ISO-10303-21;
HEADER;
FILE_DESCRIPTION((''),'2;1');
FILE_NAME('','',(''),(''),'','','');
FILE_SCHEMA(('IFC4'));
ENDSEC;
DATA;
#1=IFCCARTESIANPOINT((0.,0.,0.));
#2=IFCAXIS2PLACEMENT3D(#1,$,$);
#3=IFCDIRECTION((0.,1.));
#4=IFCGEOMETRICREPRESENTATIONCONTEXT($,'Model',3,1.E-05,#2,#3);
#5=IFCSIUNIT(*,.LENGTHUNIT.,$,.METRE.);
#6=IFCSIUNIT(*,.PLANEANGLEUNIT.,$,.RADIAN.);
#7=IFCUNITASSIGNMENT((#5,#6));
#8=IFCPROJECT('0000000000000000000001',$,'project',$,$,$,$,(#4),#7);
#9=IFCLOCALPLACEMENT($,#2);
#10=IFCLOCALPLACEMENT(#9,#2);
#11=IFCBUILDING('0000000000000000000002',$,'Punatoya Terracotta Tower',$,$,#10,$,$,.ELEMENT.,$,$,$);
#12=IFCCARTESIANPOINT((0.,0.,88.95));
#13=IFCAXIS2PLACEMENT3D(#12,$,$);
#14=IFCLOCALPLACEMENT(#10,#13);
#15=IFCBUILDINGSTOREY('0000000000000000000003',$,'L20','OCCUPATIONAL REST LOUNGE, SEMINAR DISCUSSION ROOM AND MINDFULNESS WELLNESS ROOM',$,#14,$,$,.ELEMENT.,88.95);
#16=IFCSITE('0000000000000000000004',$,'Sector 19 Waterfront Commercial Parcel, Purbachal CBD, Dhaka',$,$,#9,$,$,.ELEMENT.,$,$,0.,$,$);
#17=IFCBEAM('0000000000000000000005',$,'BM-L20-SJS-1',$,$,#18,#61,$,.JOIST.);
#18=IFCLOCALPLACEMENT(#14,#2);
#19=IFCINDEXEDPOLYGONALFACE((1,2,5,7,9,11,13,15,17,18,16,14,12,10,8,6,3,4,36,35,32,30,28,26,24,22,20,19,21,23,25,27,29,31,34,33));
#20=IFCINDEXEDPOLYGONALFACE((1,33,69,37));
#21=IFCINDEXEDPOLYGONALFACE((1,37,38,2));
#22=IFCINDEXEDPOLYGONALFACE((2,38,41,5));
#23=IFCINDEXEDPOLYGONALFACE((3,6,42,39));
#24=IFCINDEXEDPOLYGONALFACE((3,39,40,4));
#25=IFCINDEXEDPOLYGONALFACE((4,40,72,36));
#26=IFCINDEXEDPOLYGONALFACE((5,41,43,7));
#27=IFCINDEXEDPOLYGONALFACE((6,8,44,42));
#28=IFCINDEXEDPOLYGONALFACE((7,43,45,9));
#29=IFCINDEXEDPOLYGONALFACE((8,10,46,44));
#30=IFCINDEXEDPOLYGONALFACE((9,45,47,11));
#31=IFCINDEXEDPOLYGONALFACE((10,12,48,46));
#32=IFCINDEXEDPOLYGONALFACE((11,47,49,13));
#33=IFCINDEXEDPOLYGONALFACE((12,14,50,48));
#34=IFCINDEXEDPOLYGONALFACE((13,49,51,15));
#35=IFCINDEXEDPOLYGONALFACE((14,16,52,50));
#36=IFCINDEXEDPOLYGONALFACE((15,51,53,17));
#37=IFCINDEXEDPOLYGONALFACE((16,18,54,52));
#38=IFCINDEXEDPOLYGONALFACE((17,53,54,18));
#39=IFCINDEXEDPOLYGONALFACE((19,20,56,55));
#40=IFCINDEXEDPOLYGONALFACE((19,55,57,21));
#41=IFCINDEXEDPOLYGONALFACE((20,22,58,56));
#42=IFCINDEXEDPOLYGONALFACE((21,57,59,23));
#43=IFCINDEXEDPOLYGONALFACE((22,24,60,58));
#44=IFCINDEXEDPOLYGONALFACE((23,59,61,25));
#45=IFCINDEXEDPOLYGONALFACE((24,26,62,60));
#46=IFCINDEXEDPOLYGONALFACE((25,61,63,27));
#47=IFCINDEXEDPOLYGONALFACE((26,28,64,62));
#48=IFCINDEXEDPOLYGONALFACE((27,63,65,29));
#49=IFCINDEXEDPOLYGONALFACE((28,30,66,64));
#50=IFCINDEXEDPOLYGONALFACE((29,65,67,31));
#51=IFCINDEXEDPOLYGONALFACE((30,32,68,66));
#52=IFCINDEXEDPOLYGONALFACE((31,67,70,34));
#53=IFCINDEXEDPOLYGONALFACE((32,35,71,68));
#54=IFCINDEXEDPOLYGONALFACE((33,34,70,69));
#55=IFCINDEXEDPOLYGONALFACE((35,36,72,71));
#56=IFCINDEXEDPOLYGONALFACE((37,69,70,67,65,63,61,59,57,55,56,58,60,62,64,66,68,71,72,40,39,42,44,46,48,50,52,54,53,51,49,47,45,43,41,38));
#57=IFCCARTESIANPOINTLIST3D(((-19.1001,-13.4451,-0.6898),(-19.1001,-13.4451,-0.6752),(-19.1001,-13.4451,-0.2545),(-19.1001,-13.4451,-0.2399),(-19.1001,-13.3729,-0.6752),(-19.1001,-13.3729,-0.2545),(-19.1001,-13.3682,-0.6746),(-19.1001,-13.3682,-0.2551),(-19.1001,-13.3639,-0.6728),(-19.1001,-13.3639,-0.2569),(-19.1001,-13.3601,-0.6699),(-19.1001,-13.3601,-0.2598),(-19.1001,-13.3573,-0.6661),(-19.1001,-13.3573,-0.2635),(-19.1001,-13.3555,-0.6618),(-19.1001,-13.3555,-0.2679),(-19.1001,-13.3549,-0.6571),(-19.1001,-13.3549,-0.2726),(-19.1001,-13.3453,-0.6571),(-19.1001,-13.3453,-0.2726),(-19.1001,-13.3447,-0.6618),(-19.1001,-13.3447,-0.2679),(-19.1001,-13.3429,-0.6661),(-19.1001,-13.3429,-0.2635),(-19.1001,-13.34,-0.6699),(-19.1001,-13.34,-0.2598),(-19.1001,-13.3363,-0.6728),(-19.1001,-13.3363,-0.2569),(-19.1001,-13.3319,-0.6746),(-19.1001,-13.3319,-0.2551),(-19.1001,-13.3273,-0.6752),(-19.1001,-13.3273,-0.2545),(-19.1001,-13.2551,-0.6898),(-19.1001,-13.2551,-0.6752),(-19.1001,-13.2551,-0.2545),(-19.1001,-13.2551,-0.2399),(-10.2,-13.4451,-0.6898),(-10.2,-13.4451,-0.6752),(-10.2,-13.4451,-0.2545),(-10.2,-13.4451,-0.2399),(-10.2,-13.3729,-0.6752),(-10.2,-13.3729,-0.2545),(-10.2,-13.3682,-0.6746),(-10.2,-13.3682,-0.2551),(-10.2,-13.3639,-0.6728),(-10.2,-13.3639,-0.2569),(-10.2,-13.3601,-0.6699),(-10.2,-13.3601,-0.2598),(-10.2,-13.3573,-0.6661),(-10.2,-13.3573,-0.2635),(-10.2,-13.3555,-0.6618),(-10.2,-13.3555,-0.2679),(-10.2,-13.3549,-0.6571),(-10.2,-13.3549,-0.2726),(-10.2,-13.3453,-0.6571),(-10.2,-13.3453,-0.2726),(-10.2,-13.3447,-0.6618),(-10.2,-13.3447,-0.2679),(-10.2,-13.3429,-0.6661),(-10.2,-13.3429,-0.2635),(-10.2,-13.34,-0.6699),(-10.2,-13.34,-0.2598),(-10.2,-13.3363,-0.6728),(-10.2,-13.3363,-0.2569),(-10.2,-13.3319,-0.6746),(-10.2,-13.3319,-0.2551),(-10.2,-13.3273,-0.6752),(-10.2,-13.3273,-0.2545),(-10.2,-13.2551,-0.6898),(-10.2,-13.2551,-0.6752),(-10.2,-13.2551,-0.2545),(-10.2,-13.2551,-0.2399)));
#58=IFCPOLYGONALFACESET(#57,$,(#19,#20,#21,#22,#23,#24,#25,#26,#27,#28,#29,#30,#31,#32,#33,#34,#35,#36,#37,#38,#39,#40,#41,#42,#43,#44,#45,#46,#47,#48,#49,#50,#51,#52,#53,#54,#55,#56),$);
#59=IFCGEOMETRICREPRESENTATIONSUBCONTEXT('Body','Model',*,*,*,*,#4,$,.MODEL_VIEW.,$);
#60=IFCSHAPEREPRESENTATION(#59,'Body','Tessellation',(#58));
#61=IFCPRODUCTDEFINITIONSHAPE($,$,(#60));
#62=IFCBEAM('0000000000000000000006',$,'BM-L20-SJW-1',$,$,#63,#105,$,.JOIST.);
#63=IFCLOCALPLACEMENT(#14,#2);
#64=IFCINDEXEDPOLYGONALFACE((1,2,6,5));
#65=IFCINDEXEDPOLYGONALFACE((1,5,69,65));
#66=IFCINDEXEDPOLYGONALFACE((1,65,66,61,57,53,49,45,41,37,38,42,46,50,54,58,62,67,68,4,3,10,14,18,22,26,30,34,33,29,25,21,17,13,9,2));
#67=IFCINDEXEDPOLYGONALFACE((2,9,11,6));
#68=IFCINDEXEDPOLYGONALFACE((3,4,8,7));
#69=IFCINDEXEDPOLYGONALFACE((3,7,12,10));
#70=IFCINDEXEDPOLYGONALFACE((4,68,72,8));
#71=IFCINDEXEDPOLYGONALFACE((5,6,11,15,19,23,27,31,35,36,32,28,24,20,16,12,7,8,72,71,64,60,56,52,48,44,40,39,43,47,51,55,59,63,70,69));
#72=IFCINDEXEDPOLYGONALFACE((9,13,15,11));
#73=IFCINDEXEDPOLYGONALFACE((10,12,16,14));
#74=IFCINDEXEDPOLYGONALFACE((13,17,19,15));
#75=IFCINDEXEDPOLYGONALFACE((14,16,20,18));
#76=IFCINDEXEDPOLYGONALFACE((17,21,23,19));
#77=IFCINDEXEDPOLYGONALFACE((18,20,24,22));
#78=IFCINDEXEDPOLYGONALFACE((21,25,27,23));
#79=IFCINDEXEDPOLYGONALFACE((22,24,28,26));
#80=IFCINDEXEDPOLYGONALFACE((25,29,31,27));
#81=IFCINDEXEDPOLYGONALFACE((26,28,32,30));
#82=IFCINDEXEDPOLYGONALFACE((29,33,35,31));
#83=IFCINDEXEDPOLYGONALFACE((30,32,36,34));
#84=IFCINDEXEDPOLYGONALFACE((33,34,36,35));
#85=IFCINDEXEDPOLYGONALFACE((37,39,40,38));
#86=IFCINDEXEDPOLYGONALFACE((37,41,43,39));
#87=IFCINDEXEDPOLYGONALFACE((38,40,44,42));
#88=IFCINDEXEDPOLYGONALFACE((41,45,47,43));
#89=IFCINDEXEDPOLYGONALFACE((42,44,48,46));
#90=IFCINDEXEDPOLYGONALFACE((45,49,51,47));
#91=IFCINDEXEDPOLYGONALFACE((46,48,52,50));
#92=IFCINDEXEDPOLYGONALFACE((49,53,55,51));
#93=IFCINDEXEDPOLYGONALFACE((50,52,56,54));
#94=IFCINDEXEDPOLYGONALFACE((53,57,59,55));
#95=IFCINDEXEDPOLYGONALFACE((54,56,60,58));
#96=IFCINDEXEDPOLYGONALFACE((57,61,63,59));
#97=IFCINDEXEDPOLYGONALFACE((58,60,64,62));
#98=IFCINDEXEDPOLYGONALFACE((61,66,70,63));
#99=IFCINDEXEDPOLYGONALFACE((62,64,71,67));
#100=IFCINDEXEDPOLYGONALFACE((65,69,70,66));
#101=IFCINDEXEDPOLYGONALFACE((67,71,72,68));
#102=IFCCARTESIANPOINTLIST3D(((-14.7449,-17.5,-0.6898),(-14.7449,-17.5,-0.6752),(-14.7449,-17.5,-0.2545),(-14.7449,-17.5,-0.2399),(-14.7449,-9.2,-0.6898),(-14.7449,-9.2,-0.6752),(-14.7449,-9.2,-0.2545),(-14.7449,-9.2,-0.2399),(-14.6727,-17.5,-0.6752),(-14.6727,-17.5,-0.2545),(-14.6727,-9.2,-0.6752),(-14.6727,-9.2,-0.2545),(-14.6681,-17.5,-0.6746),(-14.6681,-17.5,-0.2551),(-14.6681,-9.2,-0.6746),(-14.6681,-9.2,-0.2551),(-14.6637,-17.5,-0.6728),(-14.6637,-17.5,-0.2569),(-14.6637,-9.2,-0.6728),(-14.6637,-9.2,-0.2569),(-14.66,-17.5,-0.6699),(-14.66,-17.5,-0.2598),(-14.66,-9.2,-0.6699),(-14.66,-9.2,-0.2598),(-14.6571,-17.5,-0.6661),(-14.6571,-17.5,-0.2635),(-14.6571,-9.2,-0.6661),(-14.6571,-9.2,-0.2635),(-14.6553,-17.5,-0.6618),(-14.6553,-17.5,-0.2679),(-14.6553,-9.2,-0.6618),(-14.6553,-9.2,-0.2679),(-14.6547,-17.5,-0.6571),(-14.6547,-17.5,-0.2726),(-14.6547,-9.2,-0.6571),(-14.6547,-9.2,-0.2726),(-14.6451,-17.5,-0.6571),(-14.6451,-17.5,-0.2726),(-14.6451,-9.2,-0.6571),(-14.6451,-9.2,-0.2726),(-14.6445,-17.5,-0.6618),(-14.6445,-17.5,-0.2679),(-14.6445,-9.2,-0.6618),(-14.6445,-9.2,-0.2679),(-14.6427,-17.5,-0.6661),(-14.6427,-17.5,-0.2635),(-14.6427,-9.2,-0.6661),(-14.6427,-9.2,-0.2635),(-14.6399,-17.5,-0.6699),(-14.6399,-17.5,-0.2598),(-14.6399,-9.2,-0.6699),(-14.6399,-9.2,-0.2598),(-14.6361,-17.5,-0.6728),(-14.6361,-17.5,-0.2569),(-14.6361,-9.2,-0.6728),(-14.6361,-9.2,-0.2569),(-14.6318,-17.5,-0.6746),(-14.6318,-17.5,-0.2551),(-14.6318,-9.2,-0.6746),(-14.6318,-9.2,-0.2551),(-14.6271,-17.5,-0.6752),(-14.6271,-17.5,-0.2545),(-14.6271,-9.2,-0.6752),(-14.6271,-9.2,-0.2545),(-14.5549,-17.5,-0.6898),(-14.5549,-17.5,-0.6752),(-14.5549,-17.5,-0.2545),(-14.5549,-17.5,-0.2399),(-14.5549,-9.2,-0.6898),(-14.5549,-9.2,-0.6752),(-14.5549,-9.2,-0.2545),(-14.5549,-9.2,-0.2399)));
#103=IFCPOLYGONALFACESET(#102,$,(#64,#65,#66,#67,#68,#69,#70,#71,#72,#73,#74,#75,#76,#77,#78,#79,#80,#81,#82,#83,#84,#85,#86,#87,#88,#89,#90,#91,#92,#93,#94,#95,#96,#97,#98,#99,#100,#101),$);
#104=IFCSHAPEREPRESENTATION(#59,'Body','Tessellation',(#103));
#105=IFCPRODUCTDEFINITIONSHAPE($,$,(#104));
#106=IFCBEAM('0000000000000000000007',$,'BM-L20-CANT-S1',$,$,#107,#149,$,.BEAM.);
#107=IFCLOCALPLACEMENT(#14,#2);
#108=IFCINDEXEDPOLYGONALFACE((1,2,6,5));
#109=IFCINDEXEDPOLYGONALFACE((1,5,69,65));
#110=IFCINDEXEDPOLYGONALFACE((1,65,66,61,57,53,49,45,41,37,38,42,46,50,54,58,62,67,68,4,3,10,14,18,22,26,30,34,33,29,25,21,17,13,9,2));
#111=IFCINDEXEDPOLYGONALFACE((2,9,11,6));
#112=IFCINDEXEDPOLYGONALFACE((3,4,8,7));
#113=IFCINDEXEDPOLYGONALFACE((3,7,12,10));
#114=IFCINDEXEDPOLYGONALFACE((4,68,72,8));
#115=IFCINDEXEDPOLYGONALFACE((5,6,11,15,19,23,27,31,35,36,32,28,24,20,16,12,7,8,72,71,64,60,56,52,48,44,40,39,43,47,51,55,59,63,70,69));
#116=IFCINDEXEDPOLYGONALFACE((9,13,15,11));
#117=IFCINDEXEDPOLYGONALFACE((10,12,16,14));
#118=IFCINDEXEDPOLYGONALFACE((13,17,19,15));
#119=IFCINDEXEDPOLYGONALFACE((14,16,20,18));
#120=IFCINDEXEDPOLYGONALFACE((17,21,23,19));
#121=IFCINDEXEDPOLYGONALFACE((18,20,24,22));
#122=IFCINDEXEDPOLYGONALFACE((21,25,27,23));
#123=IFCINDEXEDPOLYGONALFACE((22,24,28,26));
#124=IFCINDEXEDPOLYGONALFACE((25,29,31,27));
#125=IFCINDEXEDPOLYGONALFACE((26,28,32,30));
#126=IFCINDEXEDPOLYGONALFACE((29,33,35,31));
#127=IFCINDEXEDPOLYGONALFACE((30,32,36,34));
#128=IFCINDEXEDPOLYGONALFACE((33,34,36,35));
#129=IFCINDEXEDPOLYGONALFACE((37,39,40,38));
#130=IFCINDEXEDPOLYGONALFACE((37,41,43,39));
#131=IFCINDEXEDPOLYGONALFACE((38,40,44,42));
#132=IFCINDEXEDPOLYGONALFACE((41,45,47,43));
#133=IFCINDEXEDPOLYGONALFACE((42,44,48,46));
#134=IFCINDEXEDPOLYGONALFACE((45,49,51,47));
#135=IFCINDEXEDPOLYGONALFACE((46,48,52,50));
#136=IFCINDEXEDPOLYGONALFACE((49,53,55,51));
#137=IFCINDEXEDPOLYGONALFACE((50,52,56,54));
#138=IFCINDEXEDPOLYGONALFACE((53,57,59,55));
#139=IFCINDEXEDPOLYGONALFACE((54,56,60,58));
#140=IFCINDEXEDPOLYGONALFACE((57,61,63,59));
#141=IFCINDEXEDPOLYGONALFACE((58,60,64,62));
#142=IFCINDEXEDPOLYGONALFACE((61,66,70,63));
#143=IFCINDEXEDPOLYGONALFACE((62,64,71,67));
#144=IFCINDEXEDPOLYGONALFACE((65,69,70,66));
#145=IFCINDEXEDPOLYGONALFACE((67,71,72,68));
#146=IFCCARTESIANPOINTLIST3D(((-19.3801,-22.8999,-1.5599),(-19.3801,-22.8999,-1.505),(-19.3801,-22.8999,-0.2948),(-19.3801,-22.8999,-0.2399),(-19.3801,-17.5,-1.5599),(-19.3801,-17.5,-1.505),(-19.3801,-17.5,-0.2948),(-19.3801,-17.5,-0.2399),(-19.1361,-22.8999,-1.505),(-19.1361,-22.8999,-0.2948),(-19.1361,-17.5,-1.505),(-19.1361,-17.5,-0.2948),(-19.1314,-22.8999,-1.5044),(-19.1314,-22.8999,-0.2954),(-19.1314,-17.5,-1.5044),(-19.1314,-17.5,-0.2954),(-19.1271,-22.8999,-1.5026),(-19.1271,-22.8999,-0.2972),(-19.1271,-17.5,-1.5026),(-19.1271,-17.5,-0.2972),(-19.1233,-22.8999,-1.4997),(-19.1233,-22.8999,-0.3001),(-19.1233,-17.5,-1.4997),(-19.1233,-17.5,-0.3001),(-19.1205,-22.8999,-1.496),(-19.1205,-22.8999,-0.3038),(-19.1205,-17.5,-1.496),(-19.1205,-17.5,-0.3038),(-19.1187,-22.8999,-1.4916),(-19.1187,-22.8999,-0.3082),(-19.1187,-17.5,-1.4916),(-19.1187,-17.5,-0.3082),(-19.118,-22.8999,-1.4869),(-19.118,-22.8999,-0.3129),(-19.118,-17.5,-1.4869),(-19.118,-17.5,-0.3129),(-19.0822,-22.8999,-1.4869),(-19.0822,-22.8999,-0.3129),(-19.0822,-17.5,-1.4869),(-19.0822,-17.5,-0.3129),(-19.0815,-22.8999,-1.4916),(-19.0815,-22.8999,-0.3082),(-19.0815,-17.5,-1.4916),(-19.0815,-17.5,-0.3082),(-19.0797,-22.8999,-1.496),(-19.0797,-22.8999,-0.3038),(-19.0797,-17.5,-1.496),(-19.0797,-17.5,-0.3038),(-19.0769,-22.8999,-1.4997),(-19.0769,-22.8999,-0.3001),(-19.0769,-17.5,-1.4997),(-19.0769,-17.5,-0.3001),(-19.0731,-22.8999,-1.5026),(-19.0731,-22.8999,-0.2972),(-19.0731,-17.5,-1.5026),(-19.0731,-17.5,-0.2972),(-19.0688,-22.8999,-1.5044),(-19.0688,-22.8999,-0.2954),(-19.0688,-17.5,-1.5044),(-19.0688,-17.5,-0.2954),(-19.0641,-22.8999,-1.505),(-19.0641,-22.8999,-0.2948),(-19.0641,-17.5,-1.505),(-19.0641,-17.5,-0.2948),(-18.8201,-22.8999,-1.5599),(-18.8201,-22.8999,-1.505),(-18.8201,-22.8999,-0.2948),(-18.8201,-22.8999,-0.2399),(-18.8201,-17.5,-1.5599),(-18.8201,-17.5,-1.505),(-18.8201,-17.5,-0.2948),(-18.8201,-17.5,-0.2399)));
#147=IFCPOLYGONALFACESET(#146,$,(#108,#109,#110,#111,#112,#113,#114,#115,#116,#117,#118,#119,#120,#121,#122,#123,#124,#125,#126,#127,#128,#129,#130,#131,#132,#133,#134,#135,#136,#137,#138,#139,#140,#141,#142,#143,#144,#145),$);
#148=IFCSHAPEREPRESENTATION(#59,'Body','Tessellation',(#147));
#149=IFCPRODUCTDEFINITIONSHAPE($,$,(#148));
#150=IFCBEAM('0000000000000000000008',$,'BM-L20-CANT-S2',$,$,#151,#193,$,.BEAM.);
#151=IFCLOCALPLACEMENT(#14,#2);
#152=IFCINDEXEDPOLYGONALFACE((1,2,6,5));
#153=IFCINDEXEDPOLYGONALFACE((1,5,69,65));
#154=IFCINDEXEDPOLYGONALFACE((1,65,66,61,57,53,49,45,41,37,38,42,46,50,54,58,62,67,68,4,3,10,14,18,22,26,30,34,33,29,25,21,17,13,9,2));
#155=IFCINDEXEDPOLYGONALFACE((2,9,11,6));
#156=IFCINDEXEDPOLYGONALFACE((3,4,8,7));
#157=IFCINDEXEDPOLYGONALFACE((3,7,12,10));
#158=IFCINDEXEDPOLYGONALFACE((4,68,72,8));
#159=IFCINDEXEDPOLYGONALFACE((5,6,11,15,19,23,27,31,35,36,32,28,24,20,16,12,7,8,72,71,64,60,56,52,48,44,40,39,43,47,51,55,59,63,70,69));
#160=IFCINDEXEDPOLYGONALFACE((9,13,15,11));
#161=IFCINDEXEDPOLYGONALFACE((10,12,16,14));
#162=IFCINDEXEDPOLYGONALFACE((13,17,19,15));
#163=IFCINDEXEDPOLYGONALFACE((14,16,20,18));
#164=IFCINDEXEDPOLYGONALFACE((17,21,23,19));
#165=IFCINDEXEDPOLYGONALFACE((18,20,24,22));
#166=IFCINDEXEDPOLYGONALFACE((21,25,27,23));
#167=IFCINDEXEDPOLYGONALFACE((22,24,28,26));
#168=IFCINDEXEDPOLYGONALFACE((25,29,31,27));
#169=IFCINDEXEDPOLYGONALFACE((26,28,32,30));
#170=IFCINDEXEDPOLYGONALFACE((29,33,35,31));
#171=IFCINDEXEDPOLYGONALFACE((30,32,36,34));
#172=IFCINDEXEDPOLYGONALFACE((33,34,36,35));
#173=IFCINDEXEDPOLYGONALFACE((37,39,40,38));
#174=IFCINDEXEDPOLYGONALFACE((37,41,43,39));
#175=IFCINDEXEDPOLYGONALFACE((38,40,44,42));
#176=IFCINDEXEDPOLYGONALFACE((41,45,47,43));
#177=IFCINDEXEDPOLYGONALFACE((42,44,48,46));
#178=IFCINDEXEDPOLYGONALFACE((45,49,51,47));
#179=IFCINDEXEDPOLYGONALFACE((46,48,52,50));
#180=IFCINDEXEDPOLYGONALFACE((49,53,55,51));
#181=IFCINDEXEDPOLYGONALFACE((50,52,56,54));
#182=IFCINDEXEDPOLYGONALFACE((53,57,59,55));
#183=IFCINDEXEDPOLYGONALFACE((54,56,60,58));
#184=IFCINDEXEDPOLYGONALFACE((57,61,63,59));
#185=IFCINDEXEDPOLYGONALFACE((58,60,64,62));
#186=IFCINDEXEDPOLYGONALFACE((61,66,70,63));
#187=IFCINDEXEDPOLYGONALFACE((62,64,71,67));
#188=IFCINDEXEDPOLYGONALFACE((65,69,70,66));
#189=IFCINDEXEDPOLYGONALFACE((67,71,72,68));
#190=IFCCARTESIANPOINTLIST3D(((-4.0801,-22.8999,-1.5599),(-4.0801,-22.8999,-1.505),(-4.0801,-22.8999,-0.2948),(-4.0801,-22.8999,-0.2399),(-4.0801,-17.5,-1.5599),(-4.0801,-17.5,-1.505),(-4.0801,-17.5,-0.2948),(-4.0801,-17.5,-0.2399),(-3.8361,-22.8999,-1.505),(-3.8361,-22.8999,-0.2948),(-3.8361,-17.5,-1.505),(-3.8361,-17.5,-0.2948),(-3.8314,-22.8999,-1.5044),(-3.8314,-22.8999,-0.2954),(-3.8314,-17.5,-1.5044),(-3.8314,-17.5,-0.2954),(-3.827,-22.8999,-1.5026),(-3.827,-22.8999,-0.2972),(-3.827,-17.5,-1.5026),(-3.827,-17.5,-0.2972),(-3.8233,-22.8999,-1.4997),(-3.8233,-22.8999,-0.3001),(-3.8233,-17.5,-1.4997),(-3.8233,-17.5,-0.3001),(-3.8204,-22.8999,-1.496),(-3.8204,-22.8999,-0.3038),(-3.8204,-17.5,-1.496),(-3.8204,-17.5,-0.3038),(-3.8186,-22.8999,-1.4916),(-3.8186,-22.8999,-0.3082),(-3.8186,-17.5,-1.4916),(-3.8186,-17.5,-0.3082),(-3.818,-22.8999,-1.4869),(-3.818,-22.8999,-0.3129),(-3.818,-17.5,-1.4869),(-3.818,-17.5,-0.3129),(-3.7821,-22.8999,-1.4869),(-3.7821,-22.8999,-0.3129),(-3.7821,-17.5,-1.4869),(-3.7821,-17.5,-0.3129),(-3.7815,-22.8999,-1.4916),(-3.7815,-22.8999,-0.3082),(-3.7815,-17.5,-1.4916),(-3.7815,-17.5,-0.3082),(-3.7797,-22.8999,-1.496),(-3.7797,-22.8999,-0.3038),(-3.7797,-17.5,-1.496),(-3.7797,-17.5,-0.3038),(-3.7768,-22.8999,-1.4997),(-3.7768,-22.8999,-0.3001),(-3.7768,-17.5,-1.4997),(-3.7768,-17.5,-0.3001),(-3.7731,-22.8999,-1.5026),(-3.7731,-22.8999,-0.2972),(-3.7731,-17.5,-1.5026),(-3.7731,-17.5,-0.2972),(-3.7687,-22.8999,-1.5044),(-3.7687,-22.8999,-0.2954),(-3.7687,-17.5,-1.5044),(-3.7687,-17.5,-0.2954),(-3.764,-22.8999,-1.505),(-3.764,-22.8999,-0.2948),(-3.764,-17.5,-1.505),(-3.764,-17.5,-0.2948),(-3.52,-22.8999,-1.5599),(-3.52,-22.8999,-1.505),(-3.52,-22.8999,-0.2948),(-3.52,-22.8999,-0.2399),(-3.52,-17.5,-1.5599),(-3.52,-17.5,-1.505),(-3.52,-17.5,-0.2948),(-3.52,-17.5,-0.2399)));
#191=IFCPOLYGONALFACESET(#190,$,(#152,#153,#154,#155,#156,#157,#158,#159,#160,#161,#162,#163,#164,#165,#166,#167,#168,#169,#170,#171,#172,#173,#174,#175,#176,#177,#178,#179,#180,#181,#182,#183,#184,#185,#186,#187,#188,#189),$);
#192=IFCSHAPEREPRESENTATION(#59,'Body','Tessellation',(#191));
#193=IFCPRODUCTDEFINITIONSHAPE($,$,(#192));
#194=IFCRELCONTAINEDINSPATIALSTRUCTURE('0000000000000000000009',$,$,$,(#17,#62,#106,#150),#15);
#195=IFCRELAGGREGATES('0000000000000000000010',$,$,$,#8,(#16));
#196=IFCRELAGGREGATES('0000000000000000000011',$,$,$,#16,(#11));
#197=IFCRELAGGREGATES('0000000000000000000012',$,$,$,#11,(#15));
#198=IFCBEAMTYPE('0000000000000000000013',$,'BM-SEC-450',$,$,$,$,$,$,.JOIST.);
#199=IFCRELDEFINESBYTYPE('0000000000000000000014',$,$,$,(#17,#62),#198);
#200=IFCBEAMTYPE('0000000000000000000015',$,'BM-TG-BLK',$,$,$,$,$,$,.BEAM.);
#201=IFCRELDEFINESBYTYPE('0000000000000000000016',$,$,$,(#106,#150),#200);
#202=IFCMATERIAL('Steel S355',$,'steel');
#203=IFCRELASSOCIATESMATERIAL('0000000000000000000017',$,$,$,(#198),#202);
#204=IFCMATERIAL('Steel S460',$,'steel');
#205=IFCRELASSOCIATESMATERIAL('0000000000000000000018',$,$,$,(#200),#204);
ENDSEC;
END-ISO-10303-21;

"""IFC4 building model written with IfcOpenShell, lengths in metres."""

from ifc_helpers import new_model, si_unit, direction, frame, origin, origin_2d, place, context, subcontext, project, spatial, i_section, extrude, material, material_profile, profile_set, type_object, element, save


model = new_model("IFC4")

# Units and contexts
model_context = context("Model", 3, precision=1e-05, world=origin(), true_north=direction((0.0, 1.0)))
body_context = subcontext(model_context, "Body", "Model", "MODEL_VIEW")
ifc_project = project(units=[si_unit("LENGTHUNIT", "METRE"), si_unit("PLANEANGLEUNIT", "RADIAN")], contexts=[model_context])

# Site, building, storey
site_placement = place(None, origin())
site = spatial("IfcSite", under=ifc_project, at=site_placement, Name="Sector 19 Waterfront Commercial Parcel, Purbachal CBD, Dhaka", CompositionType="ELEMENT", RefElevation=0.0)
building_placement = place(site_placement, origin())
building = spatial("IfcBuilding", under=site, at=building_placement, Name="Punatoya Terracotta Tower", CompositionType="ELEMENT")
storey_placement = place(building_placement, frame((0.0, 0.0, 88.95)))
storey = spatial("IfcBuildingStorey", under=building, at=storey_placement, Name="L20", Description="OCCUPATIONAL REST LOUNGE, SEMINAR DISCUSSION ROOM AND MINDFULNESS WELLNESS ROOM", CompositionType="ELEMENT", Elevation=88.95)

# Shared definitions
ifc_material_1 = material(Name="Steel S460", Category="steel")

# Beams
ifc_material_2 = material(Name="Steel S355", Category="steel")
ifc_material_profile_1 = material_profile(ifc_material_2, i_section(OverallWidth=0.1899, OverallDepth=0.45, WebThickness=0.0095, FlangeThickness=0.0146, FilletRadius=0.0181, at=origin_2d()))
ifc_profile_set_1 = profile_set([ifc_material_profile_1], Name="Steel S355")
beam_type_1 = type_object("IfcBeamType", Name="BM-SEC-450", PredefinedType="JOIST", material=ifc_profile_set_1)
beam_1_placement = place(storey_placement, frame((-19.1001, -13.3501, -0.4648), z_axis=(1.0, 0.0, 0.0), x_axis=(0.0, 1.0, 0.0)))
element("IfcBeam", 1, at=beam_1_placement, inside=storey, type_object=beam_type_1, Name="BM-L20-SJS-1", PredefinedType="JOIST", context=body_context, shape_type="SweptSolid", body=[
    extrude(i_section(OverallWidth=0.1899, OverallDepth=0.45, WebThickness=0.0095, FlangeThickness=0.0146, FilletRadius=0.0181, at=origin_2d()), origin(), (0.0, 0.0, 1.0), 8.9001),
])
beam_2_placement = place(storey_placement, frame((-14.6499, -17.5, -0.4648), z_axis=(0.0, 1.0, 0.0), x_axis=(-1.0, 0.0, 0.0)))
element("IfcBeam", 2, at=beam_2_placement, inside=storey, type_object=beam_type_1, Name="BM-L20-SJW-1", PredefinedType="JOIST", context=body_context, shape_type="SweptSolid", body=[
    extrude(i_section(OverallWidth=0.1899, OverallDepth=0.45, WebThickness=0.0095, FlangeThickness=0.0146, FilletRadius=0.0181, at=origin_2d()), origin(), (0.0, 0.0, 1.0), 8.3),
])
ifc_material_profile_2 = material_profile(ifc_material_1, i_section(OverallWidth=0.5601, OverallDepth=1.3201, WebThickness=0.0359, FlangeThickness=0.0549, FilletRadius=0.0181, at=origin_2d()))
ifc_profile_set_2 = profile_set([ifc_material_profile_2], Name="Steel S460")
beam_type_2 = type_object("IfcBeamType", Name="BM-TG-BLK", PredefinedType="BEAM", material=ifc_profile_set_2)
for number, where, z_axis, x_axis, name in (
    (3, (-19.1001, -22.8999, -0.8999), (0.0, 1.0, 0.0), (-1.0, 0.0, 0.0), "BM-L20-CANT-S1"),
    (4, (-3.8, -22.8999, -0.8999), (0.0, 1.0, 0.0), (-1.0, 0.0, 0.0), "BM-L20-CANT-S2"),
):
    element("IfcBeam", number, at=place(storey_placement, frame(where, z_axis=z_axis, x_axis=x_axis)), inside=storey, type_object=beam_type_2, Name=name, PredefinedType="BEAM", context=body_context, shape_type="SweptSolid", body=[
        extrude(i_section(OverallWidth=0.5601, OverallDepth=1.3201, WebThickness=0.0359, FlangeThickness=0.0549, FilletRadius=0.0181, at=origin_2d()), origin(), (0.0, 0.0, 1.0), 5.3999),
    ])

save(model, "model.ifc")
